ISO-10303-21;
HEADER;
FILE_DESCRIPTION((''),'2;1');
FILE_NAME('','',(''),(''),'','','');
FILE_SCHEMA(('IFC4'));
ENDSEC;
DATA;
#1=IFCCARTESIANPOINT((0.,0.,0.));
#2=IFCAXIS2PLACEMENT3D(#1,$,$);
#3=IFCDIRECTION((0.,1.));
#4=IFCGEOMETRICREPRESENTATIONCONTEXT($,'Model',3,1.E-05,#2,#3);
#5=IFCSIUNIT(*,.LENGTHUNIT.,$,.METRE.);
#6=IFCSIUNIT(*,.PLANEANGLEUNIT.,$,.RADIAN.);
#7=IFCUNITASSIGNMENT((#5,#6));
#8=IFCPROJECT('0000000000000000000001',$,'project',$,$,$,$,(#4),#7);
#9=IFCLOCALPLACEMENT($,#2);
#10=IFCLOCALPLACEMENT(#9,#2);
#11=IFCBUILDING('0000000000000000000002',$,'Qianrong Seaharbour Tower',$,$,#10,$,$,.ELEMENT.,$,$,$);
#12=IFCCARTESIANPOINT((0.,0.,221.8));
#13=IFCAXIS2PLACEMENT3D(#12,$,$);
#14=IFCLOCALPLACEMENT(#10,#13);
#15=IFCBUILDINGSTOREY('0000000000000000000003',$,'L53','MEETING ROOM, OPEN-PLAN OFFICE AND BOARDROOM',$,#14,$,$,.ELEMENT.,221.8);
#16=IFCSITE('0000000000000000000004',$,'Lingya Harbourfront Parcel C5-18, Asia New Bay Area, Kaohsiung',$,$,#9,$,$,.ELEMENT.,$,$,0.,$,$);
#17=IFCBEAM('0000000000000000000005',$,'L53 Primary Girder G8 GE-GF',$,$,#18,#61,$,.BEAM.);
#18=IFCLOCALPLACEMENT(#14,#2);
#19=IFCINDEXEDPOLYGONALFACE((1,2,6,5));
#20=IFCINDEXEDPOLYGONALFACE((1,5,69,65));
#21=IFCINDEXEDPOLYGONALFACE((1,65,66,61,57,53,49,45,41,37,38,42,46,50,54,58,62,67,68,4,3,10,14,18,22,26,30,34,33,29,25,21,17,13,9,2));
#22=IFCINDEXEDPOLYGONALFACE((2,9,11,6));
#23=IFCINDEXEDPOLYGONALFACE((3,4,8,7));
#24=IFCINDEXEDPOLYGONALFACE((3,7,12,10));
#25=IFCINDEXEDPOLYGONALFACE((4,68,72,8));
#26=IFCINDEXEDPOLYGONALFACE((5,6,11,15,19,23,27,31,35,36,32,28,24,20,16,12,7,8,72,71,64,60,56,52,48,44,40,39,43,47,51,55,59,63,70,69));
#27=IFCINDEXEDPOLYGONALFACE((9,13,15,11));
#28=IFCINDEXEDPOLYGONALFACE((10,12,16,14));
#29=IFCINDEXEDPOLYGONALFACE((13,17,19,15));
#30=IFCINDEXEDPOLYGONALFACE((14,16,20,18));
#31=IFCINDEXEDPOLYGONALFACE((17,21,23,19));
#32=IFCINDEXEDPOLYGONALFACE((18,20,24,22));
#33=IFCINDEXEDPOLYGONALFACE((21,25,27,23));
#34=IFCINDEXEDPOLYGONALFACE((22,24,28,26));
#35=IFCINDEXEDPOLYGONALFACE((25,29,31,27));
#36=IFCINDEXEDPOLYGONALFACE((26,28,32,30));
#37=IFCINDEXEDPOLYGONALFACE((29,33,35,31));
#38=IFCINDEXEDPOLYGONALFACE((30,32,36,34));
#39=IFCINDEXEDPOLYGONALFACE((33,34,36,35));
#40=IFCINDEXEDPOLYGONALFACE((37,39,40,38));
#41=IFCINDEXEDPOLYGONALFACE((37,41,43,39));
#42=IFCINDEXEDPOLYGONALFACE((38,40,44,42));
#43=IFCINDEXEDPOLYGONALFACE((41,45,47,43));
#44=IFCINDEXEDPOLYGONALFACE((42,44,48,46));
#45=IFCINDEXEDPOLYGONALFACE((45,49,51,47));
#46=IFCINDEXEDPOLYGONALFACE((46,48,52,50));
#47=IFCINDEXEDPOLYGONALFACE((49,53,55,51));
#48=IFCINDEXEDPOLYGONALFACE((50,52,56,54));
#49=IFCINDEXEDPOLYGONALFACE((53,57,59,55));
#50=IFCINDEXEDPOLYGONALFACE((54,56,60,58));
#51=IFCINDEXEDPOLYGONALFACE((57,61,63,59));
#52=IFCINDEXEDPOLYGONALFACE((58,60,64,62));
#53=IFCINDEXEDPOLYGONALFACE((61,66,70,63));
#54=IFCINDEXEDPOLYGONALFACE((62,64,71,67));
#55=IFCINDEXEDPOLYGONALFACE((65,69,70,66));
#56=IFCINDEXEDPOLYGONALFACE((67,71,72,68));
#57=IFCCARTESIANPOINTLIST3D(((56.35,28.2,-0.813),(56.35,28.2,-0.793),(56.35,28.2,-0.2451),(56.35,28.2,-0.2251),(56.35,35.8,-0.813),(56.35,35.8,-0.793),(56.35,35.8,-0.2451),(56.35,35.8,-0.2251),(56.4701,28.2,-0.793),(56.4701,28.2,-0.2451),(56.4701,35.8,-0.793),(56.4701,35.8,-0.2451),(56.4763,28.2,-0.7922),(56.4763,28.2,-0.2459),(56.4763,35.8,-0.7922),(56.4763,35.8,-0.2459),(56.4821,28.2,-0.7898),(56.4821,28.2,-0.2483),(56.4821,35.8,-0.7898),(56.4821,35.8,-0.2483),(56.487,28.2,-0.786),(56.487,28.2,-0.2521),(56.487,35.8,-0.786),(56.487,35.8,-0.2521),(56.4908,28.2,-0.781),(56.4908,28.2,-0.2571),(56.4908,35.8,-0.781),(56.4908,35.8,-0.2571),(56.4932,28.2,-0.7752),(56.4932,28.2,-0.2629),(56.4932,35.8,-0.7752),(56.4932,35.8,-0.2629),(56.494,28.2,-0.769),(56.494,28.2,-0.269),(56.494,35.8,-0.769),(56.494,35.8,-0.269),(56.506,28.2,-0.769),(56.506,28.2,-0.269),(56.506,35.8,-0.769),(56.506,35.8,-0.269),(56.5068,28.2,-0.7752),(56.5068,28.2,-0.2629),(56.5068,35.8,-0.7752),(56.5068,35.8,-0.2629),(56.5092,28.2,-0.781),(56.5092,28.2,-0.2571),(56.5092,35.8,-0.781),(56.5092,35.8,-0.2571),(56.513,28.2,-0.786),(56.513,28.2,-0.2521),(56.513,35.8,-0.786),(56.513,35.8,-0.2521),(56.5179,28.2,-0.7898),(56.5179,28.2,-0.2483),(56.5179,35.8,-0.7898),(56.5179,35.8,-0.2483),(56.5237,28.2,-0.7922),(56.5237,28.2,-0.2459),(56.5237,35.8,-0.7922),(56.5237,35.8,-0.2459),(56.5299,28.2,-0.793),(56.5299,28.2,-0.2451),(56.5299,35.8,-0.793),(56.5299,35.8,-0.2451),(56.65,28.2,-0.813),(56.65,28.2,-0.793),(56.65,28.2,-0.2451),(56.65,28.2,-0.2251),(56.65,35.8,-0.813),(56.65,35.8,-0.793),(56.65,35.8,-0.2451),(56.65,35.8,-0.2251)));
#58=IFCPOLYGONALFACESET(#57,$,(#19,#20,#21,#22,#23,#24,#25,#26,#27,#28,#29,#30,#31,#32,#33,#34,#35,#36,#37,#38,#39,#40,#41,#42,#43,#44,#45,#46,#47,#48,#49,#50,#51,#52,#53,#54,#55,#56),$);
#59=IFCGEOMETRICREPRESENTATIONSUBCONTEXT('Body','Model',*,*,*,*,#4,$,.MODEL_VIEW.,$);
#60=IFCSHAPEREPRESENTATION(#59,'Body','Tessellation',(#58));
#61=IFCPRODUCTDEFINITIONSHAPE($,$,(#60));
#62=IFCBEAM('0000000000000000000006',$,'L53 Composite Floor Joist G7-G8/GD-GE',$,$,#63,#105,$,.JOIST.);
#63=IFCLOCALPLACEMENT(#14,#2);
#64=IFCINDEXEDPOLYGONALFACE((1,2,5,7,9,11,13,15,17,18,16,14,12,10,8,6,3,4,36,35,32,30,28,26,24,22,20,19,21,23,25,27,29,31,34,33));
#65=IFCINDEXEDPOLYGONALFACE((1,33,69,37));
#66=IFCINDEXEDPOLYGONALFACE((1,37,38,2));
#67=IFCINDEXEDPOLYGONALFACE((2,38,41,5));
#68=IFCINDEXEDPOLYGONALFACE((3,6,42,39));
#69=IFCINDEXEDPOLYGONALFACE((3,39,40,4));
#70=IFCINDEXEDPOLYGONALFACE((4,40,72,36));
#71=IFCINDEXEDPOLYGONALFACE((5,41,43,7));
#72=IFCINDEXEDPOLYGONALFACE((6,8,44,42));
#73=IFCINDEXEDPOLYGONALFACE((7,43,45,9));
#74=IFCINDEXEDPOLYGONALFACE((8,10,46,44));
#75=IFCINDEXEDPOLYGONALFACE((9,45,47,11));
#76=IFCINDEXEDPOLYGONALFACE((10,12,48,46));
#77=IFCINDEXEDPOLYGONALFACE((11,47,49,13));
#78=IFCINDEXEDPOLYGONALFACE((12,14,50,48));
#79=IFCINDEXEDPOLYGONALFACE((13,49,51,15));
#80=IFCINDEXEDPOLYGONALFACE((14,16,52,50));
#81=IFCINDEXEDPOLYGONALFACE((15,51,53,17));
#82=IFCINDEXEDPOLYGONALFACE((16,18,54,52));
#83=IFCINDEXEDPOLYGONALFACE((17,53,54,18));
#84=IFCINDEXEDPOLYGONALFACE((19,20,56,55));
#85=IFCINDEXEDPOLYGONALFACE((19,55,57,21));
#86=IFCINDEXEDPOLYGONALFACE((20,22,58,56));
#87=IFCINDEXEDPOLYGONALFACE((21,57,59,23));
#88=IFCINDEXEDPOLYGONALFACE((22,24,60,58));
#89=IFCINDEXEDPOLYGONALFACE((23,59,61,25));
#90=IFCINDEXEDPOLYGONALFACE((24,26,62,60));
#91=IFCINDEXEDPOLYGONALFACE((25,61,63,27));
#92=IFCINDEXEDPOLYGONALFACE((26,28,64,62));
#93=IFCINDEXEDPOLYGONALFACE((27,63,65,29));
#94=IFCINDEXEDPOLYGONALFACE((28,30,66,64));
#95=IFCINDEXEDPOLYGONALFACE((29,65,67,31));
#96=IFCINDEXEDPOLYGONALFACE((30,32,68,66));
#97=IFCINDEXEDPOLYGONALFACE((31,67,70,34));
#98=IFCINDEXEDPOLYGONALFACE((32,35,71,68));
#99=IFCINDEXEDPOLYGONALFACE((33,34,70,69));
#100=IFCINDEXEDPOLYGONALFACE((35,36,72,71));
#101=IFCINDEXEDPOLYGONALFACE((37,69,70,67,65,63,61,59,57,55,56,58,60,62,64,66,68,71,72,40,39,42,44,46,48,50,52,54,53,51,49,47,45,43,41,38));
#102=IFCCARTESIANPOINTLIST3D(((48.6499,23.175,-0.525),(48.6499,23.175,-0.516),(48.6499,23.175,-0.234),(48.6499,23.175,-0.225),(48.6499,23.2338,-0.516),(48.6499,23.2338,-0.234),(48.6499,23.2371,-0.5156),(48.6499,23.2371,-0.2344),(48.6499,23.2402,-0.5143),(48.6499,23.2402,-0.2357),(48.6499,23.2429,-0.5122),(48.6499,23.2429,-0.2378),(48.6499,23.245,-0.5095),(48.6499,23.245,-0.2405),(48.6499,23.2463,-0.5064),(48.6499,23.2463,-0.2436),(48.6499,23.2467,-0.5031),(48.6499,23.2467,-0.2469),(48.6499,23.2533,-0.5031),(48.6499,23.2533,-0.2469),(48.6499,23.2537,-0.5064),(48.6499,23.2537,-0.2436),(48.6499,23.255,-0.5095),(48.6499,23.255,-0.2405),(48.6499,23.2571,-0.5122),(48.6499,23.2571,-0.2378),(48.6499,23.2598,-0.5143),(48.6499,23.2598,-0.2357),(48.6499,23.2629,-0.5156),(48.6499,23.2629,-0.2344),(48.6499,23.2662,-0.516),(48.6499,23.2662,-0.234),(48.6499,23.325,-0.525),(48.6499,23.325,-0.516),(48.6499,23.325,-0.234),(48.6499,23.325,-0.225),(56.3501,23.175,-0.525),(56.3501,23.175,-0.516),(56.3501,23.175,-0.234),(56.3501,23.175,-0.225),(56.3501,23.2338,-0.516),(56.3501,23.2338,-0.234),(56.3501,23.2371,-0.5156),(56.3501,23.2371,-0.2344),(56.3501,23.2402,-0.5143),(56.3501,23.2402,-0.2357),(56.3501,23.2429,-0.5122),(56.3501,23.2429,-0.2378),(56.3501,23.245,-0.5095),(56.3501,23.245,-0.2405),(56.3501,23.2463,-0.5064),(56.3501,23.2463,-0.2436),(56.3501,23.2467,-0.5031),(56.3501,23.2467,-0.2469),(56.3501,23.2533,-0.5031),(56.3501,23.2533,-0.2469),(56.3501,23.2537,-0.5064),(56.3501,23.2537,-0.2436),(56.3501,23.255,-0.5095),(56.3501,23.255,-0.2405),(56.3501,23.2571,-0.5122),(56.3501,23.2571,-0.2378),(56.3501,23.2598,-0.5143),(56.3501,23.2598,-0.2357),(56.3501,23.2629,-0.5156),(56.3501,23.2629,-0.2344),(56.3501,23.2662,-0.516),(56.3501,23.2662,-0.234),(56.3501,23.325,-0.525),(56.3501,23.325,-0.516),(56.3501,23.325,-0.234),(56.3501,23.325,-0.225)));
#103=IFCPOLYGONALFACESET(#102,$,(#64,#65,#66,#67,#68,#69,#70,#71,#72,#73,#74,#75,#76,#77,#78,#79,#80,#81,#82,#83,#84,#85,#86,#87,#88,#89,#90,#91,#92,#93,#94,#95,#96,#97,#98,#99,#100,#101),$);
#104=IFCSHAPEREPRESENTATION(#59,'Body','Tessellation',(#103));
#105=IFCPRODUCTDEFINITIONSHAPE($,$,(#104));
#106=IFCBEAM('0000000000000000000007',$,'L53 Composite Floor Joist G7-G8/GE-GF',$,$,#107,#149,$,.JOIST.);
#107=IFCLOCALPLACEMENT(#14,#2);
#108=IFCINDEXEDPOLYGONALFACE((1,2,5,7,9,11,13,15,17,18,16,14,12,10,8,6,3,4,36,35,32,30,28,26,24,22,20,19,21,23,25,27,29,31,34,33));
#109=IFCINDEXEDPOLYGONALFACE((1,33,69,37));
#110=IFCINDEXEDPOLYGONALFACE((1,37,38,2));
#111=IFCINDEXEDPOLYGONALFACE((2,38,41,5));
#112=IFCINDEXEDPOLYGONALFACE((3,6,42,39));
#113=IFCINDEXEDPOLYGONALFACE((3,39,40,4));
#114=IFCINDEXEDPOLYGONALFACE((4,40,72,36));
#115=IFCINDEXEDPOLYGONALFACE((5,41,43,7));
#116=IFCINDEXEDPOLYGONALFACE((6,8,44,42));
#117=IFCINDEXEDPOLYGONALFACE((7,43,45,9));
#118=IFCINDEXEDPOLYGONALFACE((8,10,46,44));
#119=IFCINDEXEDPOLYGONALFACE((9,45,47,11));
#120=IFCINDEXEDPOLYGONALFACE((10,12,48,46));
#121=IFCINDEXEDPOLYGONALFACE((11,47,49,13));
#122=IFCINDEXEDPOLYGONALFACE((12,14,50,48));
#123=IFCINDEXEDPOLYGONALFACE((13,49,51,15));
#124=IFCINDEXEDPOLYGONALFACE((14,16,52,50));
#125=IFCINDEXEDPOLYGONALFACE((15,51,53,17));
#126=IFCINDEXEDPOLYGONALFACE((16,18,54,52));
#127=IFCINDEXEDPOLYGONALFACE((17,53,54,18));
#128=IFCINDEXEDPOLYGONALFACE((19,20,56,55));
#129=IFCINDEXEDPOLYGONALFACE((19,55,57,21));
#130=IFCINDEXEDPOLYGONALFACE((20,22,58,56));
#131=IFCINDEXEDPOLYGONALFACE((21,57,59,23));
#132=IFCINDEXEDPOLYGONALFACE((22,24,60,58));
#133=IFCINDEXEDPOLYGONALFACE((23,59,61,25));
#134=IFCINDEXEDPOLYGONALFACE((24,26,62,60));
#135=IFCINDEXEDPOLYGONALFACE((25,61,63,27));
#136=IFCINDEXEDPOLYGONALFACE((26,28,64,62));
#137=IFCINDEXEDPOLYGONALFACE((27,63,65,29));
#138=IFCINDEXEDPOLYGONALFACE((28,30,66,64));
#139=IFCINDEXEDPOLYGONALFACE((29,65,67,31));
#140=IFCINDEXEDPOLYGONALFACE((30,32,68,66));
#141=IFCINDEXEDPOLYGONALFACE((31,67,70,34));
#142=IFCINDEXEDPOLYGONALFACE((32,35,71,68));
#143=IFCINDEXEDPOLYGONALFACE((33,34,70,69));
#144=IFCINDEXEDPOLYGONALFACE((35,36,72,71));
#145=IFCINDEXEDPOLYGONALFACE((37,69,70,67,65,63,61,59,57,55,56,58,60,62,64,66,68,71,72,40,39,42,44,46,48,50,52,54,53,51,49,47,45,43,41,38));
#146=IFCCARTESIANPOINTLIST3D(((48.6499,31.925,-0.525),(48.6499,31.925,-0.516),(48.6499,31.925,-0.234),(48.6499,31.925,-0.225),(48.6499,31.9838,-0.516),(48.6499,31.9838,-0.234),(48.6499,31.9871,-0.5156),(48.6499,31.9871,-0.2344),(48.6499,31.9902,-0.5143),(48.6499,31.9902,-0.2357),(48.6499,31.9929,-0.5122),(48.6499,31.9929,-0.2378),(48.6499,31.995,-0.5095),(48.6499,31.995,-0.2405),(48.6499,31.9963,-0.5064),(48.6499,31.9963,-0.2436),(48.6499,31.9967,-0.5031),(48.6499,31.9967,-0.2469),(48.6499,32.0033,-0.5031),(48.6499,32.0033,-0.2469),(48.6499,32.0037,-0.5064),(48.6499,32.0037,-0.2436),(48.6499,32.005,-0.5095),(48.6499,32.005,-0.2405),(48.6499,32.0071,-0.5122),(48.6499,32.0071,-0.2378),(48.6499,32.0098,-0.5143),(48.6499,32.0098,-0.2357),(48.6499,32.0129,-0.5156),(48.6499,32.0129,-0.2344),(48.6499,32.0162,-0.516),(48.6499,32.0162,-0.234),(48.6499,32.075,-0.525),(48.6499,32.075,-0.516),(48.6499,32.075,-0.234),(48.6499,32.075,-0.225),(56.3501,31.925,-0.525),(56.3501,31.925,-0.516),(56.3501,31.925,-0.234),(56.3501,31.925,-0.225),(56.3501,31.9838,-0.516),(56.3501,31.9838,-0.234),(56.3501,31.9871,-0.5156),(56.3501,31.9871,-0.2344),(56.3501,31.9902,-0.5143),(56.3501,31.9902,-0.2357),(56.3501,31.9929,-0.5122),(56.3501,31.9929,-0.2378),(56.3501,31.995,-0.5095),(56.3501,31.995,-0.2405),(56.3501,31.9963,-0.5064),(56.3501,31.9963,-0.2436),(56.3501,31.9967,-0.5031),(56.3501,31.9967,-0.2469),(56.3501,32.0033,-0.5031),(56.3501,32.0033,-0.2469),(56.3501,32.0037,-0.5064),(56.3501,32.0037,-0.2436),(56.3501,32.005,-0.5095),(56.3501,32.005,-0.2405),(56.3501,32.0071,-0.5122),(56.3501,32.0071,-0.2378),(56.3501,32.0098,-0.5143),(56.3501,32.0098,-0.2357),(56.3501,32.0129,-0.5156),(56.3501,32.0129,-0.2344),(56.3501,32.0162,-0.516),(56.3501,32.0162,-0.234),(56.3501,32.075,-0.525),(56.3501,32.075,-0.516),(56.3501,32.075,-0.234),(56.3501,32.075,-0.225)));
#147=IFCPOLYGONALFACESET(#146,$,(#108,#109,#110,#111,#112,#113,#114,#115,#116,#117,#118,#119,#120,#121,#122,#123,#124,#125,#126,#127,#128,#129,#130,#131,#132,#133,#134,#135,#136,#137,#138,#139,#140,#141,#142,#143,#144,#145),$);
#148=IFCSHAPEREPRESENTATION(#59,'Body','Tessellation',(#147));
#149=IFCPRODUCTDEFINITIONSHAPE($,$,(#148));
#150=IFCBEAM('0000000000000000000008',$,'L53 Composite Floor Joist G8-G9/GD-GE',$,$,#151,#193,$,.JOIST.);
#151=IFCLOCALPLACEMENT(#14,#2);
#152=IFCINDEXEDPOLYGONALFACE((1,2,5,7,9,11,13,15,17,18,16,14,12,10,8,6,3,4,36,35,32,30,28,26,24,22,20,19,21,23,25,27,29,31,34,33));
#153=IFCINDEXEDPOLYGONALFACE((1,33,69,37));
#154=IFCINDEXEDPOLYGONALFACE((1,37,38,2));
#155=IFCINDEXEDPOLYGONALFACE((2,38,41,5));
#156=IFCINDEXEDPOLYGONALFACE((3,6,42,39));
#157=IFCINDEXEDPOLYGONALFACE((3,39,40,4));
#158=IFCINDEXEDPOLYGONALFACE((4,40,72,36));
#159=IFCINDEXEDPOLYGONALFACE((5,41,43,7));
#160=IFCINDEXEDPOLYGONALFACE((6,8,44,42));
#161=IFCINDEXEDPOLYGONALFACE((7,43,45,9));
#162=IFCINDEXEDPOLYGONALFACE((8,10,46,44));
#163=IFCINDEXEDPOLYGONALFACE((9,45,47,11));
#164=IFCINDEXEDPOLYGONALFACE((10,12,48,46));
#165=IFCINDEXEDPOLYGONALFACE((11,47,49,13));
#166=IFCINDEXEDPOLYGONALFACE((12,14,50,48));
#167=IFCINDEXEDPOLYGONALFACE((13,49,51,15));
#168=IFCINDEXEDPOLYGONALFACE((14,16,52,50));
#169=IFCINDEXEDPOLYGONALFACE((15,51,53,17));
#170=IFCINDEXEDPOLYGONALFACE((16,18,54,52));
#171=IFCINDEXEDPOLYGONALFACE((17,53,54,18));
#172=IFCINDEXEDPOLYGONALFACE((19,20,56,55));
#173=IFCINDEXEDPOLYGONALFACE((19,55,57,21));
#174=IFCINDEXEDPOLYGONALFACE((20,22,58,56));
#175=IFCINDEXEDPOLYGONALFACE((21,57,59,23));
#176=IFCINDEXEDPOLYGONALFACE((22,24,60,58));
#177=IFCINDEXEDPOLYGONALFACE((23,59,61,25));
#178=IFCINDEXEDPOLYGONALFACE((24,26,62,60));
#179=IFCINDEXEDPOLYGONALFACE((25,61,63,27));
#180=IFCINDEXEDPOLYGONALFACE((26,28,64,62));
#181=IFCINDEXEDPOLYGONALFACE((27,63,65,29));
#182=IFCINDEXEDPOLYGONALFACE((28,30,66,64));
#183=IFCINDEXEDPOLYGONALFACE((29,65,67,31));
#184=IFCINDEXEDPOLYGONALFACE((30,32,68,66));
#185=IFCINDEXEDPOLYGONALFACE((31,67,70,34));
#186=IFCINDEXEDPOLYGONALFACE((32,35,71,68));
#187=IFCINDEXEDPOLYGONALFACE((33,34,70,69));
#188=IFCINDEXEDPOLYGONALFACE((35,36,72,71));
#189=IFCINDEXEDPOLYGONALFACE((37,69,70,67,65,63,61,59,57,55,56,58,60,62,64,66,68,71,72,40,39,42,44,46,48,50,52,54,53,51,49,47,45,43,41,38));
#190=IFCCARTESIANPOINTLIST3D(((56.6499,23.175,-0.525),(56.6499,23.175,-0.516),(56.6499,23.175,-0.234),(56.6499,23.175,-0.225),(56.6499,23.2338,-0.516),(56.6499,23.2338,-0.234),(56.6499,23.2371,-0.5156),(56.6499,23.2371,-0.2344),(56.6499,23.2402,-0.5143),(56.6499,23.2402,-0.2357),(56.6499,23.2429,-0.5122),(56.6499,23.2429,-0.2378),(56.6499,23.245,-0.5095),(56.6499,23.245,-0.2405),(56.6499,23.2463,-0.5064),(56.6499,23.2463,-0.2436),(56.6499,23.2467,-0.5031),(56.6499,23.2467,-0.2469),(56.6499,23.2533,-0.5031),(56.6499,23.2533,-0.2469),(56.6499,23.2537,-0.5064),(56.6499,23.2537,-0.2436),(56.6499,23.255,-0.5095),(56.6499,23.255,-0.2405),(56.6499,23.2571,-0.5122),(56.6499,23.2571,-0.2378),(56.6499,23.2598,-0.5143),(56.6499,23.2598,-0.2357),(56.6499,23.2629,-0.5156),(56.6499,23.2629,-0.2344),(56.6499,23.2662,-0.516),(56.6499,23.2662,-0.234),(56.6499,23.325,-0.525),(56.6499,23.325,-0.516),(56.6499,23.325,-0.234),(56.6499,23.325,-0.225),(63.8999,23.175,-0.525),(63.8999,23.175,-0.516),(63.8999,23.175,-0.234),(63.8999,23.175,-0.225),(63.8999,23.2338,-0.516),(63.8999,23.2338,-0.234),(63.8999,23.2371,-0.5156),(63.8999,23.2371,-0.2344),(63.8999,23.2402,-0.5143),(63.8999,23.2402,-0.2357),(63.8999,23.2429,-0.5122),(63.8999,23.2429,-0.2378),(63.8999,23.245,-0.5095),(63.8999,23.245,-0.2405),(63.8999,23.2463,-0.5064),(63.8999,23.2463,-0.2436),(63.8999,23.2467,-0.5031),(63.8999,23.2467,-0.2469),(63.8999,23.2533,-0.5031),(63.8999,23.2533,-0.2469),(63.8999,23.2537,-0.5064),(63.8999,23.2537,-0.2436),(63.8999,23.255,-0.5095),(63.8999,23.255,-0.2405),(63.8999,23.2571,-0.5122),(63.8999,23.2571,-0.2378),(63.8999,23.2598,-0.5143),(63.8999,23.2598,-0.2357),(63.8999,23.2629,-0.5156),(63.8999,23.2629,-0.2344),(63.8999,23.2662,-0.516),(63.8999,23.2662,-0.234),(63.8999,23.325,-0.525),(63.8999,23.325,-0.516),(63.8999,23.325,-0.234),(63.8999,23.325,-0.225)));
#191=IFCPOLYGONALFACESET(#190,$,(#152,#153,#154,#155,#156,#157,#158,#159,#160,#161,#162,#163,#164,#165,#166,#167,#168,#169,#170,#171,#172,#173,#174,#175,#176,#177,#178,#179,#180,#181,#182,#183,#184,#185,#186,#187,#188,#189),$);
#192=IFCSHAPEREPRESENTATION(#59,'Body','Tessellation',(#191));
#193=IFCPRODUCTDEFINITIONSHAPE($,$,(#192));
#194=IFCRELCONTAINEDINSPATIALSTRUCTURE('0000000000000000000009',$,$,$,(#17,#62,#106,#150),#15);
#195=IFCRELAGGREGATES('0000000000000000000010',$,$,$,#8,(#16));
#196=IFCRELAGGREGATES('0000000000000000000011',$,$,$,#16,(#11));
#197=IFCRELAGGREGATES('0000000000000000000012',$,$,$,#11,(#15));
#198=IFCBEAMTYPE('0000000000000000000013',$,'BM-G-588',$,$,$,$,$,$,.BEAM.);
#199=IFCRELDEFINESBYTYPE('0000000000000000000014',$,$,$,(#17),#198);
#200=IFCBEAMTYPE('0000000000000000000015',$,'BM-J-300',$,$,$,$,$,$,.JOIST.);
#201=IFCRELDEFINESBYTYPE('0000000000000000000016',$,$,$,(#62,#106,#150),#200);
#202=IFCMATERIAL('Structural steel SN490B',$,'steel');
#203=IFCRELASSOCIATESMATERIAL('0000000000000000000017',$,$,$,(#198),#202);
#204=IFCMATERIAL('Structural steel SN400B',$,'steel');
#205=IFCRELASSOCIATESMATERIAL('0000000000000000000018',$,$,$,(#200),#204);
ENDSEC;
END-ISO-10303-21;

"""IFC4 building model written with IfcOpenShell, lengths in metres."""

from ifc_helpers import new_model, si_unit, direction, frame, origin, origin_2d, place, context, subcontext, project, spatial, i_section, extrude, material, material_profile, profile_set, type_object, element, save


model = new_model("IFC4")

# Units and contexts
model_context = context("Model", 3, precision=1e-05, world=origin(), true_north=direction((0.0, 1.0)))
body_context = subcontext(model_context, "Body", "Model", "MODEL_VIEW")
ifc_project = project(units=[si_unit("LENGTHUNIT", "METRE"), si_unit("PLANEANGLEUNIT", "RADIAN")], contexts=[model_context])

# Site, building, storey
site_placement = place(None, origin())
site = spatial("IfcSite", under=ifc_project, at=site_placement, Name="Lingya Harbourfront Parcel C5-18, Asia New Bay Area, Kaohsiung", CompositionType="ELEMENT", RefElevation=0.0)
building_placement = place(site_placement, origin())
building = spatial("IfcBuilding", under=site, at=building_placement, Name="Qianrong Seaharbour Tower", CompositionType="ELEMENT")
storey_placement = place(building_placement, frame((0.0, 0.0, 221.8)))
storey = spatial("IfcBuildingStorey", under=building, at=storey_placement, Name="L53", Description="MEETING ROOM, OPEN-PLAN OFFICE AND BOARDROOM", CompositionType="ELEMENT", Elevation=221.8)

# Shared definitions
ifc_material_1 = material(Name="Structural steel SN490B", Category="steel")

# Beams
ifc_material_profile_1 = material_profile(ifc_material_1, i_section(OverallWidth=0.3, OverallDepth=0.5879, WebThickness=0.012, FlangeThickness=0.02, FilletRadius=0.0239, at=origin_2d()), Name="H588x300x12x20")
ifc_profile_set_1 = profile_set([ifc_material_profile_1], Name="Structural steel SN490B")
beam_type_1 = type_object("IfcBeamType", Name="BM-G-588", PredefinedType="BEAM", material=ifc_profile_set_1)
for number, where, z_axis, x_axis, name in (
    (1, (56.5, 28.2, -0.519), (0.0, 1.0, 0.0), (-1.0, 0.0, 0.0), "L53 Primary Girder G8 GE-GF"),
):
    element("IfcBeam", number, at=place(storey_placement, frame(where, z_axis=z_axis, x_axis=x_axis)), inside=storey, type_object=beam_type_1, Name=name, PredefinedType="BEAM", context=body_context, shape_type="SweptSolid", body=[
        extrude(i_section(OverallWidth=0.3, OverallDepth=0.5879, WebThickness=0.012, FlangeThickness=0.02, FilletRadius=0.0239, at=origin_2d()), origin(), (0.0, 0.0, 1.0), 7.6001),
    ])
ifc_material_2 = material(Name="Structural steel SN400B", Category="steel")
ifc_material_profile_2 = material_profile(ifc_material_2, i_section(OverallWidth=0.1499, OverallDepth=0.3, WebThickness=0.0066, FlangeThickness=0.009, FilletRadius=0.0129, at=origin_2d()), Name="H300x150x6.5x9")
ifc_profile_set_2 = profile_set([ifc_material_profile_2], Name="Structural steel SN400B")
beam_type_2 = type_object("IfcBeamType", Name="BM-J-300", PredefinedType="JOIST", material=ifc_profile_set_2)
for number, where, z_axis, x_axis, name in (
    (2, (48.6499, 23.25, -0.375), (1.0, 0.0, 0.0), (0.0, 1.0, 0.0), "L53 Composite Floor Joist G7-G8/GD-GE"),
    (3, (48.6499, 32.0, -0.375), (1.0, 0.0, 0.0), (0.0, 1.0, 0.0), "L53 Composite Floor Joist G7-G8/GE-GF"),
):
    element("IfcBeam", number, at=place(storey_placement, frame(where, z_axis=z_axis, x_axis=x_axis)), inside=storey, type_object=beam_type_2, Name=name, PredefinedType="JOIST", context=body_context, shape_type="SweptSolid", body=[
        extrude(i_section(OverallWidth=0.1499, OverallDepth=0.3, WebThickness=0.0066, FlangeThickness=0.009, FilletRadius=0.0129, at=origin_2d()), origin(), (0.0, 0.0, 1.0), 7.7002),
    ])
for number, where, z_axis, x_axis, name in (
    (4, (56.6499, 23.25, -0.375), (1.0, 0.0, 0.0), (0.0, 1.0, 0.0), "L53 Composite Floor Joist G8-G9/GD-GE"),
):
    element("IfcBeam", number, at=place(storey_placement, frame(where, z_axis=z_axis, x_axis=x_axis)), inside=storey, type_object=beam_type_2, Name=name, PredefinedType="JOIST", context=body_context, shape_type="SweptSolid", body=[
        extrude(i_section(OverallWidth=0.1499, OverallDepth=0.3, WebThickness=0.0066, FlangeThickness=0.009, FilletRadius=0.0129, at=origin_2d()), origin(), (0.0, 0.0, 1.0), 7.25),
    ])

save(model, "model.ifc")
